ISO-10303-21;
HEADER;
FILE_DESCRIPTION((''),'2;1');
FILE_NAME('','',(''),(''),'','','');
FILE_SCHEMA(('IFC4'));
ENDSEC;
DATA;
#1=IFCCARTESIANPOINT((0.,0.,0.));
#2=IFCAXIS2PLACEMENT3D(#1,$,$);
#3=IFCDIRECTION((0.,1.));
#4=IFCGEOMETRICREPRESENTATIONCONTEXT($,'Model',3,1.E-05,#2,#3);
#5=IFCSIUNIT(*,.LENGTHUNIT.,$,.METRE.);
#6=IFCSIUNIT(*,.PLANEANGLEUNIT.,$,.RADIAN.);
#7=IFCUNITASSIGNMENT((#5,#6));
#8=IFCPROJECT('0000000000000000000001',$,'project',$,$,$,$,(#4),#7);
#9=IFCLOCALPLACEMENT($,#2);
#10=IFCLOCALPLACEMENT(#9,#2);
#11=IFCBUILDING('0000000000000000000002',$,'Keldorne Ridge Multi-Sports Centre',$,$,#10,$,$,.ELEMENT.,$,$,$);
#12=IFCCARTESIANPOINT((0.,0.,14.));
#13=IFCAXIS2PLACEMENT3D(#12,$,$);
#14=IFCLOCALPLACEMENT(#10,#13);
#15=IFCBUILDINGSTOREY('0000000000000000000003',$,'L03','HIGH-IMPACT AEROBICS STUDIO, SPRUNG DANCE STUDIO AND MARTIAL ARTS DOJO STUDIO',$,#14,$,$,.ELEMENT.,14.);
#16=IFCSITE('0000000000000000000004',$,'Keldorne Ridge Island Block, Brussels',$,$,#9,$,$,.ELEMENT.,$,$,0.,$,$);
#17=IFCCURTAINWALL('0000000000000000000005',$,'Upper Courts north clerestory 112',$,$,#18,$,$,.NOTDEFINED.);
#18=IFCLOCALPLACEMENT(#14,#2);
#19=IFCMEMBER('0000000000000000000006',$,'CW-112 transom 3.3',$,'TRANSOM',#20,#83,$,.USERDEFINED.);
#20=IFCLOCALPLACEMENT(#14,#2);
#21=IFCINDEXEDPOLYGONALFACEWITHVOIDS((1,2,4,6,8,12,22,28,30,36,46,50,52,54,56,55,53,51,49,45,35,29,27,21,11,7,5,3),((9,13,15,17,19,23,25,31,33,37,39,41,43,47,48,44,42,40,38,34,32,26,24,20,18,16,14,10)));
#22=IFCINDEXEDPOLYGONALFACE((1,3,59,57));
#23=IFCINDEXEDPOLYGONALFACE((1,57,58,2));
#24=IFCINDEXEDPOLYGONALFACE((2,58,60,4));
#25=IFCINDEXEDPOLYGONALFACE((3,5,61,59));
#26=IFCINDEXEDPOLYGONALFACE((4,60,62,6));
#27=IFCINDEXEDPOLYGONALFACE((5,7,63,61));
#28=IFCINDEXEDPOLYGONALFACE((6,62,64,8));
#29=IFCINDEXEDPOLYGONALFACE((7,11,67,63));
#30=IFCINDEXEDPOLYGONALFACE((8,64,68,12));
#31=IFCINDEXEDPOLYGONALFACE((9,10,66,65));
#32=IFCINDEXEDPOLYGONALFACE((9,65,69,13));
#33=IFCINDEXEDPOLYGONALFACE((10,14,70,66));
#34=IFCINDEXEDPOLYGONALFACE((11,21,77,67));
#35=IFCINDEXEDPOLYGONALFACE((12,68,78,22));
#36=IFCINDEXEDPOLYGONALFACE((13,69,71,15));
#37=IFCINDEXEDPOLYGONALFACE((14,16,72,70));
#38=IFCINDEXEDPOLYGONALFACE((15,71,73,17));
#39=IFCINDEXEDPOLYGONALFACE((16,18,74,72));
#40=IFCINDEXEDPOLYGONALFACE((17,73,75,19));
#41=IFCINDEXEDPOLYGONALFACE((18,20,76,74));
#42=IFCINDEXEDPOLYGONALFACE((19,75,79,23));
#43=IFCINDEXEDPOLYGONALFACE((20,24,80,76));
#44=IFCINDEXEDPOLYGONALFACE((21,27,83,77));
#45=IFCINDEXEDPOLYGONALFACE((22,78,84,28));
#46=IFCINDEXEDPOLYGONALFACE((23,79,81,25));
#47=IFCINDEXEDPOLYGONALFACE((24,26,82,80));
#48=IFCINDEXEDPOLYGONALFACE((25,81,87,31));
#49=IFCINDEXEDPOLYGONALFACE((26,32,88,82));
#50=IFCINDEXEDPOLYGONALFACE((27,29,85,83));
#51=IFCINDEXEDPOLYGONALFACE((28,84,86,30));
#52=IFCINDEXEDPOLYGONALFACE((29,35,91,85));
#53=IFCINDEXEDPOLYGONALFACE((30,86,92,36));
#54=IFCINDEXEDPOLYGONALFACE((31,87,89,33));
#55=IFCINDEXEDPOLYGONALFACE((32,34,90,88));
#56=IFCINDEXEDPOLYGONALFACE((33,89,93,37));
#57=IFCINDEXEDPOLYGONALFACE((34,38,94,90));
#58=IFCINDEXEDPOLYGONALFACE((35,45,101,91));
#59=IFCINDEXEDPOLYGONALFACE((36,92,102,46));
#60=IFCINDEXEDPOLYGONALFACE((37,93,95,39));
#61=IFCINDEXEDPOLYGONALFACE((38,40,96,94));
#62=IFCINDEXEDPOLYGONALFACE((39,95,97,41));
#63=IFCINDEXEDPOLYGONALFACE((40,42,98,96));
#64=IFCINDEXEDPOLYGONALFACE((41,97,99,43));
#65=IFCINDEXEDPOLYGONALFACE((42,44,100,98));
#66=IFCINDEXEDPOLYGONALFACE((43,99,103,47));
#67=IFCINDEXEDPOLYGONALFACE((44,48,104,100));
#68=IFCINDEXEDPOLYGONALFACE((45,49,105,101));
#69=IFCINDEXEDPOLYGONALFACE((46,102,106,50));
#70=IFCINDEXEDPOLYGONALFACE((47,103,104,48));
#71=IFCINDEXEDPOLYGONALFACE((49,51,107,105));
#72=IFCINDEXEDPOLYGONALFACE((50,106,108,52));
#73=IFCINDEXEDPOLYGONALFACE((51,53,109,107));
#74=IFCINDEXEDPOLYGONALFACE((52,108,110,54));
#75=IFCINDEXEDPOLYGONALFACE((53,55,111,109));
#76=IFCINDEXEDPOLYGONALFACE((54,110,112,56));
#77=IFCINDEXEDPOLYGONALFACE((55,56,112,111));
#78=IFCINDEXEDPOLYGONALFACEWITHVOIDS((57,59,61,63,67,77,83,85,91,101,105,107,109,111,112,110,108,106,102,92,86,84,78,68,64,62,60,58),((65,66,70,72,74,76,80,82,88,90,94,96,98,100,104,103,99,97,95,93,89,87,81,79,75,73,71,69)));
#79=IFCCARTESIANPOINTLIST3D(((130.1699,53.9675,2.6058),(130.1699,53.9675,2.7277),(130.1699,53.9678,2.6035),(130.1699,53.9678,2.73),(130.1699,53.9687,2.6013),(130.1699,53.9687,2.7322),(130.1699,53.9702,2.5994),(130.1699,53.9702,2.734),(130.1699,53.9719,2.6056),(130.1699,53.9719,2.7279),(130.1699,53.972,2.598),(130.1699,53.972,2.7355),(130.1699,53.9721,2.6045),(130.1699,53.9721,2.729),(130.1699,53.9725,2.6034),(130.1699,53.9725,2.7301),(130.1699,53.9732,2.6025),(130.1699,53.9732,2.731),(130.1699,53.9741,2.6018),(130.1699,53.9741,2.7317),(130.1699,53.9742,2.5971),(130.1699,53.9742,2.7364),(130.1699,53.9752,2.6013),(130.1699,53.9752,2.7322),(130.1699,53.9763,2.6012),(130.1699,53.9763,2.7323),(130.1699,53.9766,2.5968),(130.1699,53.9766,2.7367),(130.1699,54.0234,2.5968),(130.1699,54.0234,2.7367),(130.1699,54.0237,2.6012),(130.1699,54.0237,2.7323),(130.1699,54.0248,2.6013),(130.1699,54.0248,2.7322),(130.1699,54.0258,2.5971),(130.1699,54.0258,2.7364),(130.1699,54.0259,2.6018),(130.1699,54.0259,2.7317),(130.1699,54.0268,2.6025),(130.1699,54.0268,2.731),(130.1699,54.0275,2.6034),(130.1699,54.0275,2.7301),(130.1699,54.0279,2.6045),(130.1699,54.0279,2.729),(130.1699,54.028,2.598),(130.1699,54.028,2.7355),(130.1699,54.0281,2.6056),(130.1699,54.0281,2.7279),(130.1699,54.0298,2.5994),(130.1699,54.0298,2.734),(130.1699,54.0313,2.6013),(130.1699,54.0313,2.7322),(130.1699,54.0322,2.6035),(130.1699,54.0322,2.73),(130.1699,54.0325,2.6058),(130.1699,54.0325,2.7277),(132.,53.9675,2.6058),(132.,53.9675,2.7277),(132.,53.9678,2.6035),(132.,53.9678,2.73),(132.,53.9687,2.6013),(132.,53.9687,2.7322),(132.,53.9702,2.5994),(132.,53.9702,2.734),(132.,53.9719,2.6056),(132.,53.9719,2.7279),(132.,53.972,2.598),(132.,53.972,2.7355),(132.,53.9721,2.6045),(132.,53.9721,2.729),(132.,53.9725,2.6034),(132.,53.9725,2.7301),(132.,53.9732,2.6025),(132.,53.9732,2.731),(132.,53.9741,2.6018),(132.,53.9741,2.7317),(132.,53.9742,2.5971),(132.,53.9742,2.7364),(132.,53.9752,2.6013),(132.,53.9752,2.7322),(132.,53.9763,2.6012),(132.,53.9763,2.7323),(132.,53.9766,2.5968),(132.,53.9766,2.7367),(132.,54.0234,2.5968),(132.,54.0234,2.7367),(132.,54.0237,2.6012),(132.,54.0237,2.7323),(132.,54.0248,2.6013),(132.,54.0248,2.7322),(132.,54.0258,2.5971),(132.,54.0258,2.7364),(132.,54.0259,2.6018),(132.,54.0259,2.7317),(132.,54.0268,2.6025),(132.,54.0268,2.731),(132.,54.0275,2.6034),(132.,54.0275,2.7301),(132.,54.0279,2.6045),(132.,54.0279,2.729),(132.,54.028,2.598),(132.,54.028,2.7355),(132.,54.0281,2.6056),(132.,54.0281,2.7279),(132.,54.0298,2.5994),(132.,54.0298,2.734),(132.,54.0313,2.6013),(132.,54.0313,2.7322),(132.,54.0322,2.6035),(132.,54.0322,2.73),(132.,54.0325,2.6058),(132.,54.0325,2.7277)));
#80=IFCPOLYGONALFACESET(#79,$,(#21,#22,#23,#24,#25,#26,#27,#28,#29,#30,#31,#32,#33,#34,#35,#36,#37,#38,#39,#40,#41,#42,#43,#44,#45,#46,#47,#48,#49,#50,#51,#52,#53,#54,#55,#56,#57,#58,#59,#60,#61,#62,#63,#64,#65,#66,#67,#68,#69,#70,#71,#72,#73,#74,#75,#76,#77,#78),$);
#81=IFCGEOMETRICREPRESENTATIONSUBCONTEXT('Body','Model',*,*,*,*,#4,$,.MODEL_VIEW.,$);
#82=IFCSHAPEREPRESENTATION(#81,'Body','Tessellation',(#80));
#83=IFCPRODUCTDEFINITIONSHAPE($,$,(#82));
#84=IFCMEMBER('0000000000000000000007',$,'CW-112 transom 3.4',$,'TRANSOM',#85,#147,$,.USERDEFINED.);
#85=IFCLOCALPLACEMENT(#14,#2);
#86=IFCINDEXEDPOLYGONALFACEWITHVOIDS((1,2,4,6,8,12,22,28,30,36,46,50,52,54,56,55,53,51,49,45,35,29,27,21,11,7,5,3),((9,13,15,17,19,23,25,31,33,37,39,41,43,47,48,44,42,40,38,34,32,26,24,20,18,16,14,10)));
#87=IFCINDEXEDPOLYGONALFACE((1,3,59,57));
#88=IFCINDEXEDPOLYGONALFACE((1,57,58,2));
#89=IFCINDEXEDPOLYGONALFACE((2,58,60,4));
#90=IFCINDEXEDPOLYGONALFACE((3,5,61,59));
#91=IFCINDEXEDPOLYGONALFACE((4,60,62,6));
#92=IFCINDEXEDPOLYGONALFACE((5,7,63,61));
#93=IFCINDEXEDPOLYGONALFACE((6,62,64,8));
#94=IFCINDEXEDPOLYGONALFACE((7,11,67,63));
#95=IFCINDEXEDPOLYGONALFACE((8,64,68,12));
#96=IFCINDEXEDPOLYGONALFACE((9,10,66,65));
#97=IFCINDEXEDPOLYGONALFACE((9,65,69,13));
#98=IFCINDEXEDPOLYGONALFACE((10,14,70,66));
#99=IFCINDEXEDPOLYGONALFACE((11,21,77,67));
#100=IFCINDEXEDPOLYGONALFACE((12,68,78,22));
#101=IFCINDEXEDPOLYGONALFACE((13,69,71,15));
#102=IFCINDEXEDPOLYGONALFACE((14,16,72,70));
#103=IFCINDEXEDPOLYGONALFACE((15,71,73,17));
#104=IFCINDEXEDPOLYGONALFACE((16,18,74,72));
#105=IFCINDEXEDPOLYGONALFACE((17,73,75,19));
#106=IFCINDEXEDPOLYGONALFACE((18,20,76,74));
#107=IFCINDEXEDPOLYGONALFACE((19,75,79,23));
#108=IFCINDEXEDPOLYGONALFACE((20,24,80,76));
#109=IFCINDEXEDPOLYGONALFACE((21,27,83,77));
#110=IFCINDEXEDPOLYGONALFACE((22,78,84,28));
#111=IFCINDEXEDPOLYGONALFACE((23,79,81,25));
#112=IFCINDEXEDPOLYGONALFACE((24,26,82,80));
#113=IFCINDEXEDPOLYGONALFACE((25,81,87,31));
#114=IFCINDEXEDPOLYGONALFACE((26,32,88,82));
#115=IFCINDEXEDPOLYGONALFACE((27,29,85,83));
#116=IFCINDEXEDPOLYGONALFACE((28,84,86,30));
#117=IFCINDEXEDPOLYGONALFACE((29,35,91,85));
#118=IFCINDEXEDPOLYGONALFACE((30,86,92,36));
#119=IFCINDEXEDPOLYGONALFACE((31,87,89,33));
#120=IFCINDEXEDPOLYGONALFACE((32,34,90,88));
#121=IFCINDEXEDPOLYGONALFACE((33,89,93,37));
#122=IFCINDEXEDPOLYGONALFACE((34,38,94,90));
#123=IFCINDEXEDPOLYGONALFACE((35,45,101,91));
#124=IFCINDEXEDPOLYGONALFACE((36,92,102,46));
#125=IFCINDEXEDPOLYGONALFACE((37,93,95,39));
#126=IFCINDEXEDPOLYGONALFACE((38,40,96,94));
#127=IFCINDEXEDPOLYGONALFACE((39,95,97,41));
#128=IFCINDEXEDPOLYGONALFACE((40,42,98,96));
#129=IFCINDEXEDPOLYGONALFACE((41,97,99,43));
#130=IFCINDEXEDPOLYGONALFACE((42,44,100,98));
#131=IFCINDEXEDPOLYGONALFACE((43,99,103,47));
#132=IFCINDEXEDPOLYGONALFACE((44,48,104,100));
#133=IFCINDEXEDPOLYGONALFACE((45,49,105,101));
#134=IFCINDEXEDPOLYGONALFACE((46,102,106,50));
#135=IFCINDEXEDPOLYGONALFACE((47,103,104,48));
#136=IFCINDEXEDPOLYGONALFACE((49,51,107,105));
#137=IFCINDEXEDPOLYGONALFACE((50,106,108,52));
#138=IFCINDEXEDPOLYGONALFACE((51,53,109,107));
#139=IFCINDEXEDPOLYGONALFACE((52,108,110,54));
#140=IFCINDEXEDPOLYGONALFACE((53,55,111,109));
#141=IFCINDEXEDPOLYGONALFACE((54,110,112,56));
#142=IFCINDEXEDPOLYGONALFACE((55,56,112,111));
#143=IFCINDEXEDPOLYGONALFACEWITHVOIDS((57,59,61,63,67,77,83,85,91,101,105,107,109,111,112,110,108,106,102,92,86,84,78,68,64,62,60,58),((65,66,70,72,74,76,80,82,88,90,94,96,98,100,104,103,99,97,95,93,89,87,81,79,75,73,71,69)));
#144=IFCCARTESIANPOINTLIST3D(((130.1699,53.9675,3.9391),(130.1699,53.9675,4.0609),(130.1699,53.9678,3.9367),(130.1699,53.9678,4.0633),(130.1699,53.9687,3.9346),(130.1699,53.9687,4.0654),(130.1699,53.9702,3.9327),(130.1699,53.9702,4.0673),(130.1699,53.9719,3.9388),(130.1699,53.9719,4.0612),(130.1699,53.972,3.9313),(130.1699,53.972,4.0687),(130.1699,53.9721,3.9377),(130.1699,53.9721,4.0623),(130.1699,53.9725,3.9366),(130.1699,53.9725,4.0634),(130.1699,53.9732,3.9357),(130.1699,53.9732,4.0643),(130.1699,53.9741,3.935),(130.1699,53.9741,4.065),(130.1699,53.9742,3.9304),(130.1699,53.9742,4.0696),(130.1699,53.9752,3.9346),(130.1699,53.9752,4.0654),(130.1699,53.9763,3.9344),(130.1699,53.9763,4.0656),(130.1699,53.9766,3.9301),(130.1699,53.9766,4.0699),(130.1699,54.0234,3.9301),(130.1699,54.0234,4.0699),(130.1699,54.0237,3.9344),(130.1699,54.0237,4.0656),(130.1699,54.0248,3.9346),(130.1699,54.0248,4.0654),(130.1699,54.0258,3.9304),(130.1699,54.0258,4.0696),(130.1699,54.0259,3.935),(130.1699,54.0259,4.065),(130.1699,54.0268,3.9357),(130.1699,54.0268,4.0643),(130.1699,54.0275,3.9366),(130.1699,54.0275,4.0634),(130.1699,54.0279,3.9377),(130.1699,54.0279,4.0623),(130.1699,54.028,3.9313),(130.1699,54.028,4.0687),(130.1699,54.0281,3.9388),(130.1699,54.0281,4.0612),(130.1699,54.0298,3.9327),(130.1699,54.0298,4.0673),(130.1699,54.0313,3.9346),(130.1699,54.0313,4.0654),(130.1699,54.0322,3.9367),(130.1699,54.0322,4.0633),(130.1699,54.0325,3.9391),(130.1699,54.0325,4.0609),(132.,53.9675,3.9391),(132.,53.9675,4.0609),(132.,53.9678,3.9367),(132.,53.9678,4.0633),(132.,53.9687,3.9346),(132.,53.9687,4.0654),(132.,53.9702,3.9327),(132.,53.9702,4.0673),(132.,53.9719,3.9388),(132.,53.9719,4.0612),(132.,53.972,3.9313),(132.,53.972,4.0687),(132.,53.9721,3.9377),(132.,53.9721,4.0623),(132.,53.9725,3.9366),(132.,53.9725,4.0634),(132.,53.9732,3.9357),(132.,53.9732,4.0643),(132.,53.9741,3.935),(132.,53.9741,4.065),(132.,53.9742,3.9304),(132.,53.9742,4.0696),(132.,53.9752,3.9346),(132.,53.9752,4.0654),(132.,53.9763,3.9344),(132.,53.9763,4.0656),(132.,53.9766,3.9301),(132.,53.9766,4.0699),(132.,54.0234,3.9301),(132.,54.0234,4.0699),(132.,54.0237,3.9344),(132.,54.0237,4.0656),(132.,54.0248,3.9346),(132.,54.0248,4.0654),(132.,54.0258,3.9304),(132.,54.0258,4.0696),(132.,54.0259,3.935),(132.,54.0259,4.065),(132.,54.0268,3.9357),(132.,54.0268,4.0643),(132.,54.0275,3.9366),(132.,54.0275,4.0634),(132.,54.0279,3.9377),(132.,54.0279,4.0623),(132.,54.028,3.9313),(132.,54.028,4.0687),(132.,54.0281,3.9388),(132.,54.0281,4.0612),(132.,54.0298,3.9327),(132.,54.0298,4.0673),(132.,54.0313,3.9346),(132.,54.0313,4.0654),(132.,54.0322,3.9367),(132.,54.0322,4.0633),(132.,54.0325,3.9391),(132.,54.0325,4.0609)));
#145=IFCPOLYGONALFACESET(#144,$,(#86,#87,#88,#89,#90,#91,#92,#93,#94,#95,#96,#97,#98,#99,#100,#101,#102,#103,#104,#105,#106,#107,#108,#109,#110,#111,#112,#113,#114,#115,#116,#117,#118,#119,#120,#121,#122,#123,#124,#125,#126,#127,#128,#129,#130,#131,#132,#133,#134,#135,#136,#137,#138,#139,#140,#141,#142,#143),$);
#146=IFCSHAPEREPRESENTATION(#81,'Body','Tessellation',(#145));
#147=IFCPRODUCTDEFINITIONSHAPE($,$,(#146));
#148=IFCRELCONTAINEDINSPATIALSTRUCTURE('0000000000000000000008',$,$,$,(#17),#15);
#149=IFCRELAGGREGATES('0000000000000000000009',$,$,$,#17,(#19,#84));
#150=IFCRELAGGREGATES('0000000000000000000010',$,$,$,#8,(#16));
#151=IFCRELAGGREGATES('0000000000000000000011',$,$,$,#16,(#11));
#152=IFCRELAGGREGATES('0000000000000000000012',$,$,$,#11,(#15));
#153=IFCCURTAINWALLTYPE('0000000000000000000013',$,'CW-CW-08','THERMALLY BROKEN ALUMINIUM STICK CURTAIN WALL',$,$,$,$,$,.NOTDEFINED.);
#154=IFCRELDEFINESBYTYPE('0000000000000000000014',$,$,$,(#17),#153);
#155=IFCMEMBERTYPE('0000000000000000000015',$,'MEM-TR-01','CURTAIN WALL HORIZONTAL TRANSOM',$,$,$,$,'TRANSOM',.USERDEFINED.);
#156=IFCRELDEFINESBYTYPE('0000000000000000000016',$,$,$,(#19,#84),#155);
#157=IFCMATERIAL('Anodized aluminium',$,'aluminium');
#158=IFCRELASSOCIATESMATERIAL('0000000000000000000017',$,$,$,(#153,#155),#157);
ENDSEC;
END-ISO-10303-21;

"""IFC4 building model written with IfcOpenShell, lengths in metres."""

from ifc_helpers import new_model, si_unit, direction, frame, origin, origin_2d, place, context, subcontext, project, spatial, hollow_rectangle, extrude, material, material_profile, profile_set, type_object, element, aggregate, save


model = new_model("IFC4")

# Units and contexts
model_context = context("Model", 3, precision=1e-05, world=origin(), true_north=direction((0.0, 1.0)))
body_context = subcontext(model_context, "Body", "Model", "MODEL_VIEW")
ifc_project = project(units=[si_unit("LENGTHUNIT", "METRE"), si_unit("PLANEANGLEUNIT", "RADIAN")], contexts=[model_context])

# Site, building, storey
site_placement = place(None, origin())
site = spatial("IfcSite", under=ifc_project, at=site_placement, Name="Keldorne Ridge Island Block, Brussels", CompositionType="ELEMENT", RefElevation=0.0)
building_placement = place(site_placement, origin())
building = spatial("IfcBuilding", under=site, at=building_placement, Name="Keldorne Ridge Multi-Sports Centre", CompositionType="ELEMENT")
storey_placement = place(building_placement, frame((0.0, 0.0, 14.0)))
storey = spatial("IfcBuildingStorey", under=building, at=storey_placement, Name="L03", Description="HIGH-IMPACT AEROBICS STUDIO, SPRUNG DANCE STUDIO AND MARTIAL ARTS DOJO STUDIO", CompositionType="ELEMENT", Elevation=14.0)

# Curtain wall
ifc_material_1 = material(Name="Anodized aluminium", Category="aluminium")
curtain_wall_type_1 = type_object("IfcCurtainWallType", Name="CW-CW-08", Description="THERMALLY BROKEN ALUMINIUM STICK CURTAIN WALL", PredefinedType="NOTDEFINED", material=ifc_material_1)
curtain_wall_1_placement = place(storey_placement, origin())
curtain_wall_1 = element("IfcCurtainWall", 1, at=curtain_wall_1_placement, inside=storey, type_object=curtain_wall_type_1, Name="Upper Courts north clerestory 112", PredefinedType="NOTDEFINED")
ifc_material_profile_1 = material_profile(ifc_material_1, hollow_rectangle(XDim=0.0649, YDim=0.1399, WallThickness=0.0044, InnerFilletRadius=0.0044, OuterFilletRadius=0.009, at=origin_2d()), Name="ALU TRANSOM 140x65x4.5")
ifc_profile_set_1 = profile_set([ifc_material_profile_1], Name="Anodized aluminium")
member_type_1 = type_object("IfcMemberType", Name="MEM-TR-01", Description="CURTAIN WALL HORIZONTAL TRANSOM", ElementType="TRANSOM", PredefinedType="USERDEFINED", material=ifc_profile_set_1)

# Members
member_1_placement = place(storey_placement, frame((132.0, 54.0, 2.6667), z_axis=(-1.0, 0.0, 0.0), x_axis=(0.0, -1.0, 0.0)))
member_1 = element("IfcMember", 2, at=member_1_placement, type_object=member_type_1, Name="CW-112 transom 3.3", ObjectType="TRANSOM", PredefinedType="USERDEFINED", context=body_context, shape_type="SweptSolid", body=[
    extrude(hollow_rectangle(XDim=0.0649, YDim=0.1399, WallThickness=0.0044, InnerFilletRadius=0.0044, OuterFilletRadius=0.009, at=origin_2d()), origin(), (0.0, 0.0, 1.0), 1.8301),
])
member_2_placement = place(storey_placement, frame((132.0, 54.0, 4.0), z_axis=(-1.0, 0.0, 0.0), x_axis=(0.0, -1.0, 0.0)))
member_2 = element("IfcMember", 3, at=member_2_placement, type_object=member_type_1, Name="CW-112 transom 3.4", ObjectType="TRANSOM", PredefinedType="USERDEFINED", context=body_context, shape_type="SweptSolid", body=[
    extrude(hollow_rectangle(XDim=0.0649, YDim=0.1399, WallThickness=0.0044, InnerFilletRadius=0.0044, OuterFilletRadius=0.009, at=origin_2d()), origin(), (0.0, 0.0, 1.0), 1.8301),
])

aggregate(curtain_wall_1, [member_1, member_2])

save(model, "model.ifc")
